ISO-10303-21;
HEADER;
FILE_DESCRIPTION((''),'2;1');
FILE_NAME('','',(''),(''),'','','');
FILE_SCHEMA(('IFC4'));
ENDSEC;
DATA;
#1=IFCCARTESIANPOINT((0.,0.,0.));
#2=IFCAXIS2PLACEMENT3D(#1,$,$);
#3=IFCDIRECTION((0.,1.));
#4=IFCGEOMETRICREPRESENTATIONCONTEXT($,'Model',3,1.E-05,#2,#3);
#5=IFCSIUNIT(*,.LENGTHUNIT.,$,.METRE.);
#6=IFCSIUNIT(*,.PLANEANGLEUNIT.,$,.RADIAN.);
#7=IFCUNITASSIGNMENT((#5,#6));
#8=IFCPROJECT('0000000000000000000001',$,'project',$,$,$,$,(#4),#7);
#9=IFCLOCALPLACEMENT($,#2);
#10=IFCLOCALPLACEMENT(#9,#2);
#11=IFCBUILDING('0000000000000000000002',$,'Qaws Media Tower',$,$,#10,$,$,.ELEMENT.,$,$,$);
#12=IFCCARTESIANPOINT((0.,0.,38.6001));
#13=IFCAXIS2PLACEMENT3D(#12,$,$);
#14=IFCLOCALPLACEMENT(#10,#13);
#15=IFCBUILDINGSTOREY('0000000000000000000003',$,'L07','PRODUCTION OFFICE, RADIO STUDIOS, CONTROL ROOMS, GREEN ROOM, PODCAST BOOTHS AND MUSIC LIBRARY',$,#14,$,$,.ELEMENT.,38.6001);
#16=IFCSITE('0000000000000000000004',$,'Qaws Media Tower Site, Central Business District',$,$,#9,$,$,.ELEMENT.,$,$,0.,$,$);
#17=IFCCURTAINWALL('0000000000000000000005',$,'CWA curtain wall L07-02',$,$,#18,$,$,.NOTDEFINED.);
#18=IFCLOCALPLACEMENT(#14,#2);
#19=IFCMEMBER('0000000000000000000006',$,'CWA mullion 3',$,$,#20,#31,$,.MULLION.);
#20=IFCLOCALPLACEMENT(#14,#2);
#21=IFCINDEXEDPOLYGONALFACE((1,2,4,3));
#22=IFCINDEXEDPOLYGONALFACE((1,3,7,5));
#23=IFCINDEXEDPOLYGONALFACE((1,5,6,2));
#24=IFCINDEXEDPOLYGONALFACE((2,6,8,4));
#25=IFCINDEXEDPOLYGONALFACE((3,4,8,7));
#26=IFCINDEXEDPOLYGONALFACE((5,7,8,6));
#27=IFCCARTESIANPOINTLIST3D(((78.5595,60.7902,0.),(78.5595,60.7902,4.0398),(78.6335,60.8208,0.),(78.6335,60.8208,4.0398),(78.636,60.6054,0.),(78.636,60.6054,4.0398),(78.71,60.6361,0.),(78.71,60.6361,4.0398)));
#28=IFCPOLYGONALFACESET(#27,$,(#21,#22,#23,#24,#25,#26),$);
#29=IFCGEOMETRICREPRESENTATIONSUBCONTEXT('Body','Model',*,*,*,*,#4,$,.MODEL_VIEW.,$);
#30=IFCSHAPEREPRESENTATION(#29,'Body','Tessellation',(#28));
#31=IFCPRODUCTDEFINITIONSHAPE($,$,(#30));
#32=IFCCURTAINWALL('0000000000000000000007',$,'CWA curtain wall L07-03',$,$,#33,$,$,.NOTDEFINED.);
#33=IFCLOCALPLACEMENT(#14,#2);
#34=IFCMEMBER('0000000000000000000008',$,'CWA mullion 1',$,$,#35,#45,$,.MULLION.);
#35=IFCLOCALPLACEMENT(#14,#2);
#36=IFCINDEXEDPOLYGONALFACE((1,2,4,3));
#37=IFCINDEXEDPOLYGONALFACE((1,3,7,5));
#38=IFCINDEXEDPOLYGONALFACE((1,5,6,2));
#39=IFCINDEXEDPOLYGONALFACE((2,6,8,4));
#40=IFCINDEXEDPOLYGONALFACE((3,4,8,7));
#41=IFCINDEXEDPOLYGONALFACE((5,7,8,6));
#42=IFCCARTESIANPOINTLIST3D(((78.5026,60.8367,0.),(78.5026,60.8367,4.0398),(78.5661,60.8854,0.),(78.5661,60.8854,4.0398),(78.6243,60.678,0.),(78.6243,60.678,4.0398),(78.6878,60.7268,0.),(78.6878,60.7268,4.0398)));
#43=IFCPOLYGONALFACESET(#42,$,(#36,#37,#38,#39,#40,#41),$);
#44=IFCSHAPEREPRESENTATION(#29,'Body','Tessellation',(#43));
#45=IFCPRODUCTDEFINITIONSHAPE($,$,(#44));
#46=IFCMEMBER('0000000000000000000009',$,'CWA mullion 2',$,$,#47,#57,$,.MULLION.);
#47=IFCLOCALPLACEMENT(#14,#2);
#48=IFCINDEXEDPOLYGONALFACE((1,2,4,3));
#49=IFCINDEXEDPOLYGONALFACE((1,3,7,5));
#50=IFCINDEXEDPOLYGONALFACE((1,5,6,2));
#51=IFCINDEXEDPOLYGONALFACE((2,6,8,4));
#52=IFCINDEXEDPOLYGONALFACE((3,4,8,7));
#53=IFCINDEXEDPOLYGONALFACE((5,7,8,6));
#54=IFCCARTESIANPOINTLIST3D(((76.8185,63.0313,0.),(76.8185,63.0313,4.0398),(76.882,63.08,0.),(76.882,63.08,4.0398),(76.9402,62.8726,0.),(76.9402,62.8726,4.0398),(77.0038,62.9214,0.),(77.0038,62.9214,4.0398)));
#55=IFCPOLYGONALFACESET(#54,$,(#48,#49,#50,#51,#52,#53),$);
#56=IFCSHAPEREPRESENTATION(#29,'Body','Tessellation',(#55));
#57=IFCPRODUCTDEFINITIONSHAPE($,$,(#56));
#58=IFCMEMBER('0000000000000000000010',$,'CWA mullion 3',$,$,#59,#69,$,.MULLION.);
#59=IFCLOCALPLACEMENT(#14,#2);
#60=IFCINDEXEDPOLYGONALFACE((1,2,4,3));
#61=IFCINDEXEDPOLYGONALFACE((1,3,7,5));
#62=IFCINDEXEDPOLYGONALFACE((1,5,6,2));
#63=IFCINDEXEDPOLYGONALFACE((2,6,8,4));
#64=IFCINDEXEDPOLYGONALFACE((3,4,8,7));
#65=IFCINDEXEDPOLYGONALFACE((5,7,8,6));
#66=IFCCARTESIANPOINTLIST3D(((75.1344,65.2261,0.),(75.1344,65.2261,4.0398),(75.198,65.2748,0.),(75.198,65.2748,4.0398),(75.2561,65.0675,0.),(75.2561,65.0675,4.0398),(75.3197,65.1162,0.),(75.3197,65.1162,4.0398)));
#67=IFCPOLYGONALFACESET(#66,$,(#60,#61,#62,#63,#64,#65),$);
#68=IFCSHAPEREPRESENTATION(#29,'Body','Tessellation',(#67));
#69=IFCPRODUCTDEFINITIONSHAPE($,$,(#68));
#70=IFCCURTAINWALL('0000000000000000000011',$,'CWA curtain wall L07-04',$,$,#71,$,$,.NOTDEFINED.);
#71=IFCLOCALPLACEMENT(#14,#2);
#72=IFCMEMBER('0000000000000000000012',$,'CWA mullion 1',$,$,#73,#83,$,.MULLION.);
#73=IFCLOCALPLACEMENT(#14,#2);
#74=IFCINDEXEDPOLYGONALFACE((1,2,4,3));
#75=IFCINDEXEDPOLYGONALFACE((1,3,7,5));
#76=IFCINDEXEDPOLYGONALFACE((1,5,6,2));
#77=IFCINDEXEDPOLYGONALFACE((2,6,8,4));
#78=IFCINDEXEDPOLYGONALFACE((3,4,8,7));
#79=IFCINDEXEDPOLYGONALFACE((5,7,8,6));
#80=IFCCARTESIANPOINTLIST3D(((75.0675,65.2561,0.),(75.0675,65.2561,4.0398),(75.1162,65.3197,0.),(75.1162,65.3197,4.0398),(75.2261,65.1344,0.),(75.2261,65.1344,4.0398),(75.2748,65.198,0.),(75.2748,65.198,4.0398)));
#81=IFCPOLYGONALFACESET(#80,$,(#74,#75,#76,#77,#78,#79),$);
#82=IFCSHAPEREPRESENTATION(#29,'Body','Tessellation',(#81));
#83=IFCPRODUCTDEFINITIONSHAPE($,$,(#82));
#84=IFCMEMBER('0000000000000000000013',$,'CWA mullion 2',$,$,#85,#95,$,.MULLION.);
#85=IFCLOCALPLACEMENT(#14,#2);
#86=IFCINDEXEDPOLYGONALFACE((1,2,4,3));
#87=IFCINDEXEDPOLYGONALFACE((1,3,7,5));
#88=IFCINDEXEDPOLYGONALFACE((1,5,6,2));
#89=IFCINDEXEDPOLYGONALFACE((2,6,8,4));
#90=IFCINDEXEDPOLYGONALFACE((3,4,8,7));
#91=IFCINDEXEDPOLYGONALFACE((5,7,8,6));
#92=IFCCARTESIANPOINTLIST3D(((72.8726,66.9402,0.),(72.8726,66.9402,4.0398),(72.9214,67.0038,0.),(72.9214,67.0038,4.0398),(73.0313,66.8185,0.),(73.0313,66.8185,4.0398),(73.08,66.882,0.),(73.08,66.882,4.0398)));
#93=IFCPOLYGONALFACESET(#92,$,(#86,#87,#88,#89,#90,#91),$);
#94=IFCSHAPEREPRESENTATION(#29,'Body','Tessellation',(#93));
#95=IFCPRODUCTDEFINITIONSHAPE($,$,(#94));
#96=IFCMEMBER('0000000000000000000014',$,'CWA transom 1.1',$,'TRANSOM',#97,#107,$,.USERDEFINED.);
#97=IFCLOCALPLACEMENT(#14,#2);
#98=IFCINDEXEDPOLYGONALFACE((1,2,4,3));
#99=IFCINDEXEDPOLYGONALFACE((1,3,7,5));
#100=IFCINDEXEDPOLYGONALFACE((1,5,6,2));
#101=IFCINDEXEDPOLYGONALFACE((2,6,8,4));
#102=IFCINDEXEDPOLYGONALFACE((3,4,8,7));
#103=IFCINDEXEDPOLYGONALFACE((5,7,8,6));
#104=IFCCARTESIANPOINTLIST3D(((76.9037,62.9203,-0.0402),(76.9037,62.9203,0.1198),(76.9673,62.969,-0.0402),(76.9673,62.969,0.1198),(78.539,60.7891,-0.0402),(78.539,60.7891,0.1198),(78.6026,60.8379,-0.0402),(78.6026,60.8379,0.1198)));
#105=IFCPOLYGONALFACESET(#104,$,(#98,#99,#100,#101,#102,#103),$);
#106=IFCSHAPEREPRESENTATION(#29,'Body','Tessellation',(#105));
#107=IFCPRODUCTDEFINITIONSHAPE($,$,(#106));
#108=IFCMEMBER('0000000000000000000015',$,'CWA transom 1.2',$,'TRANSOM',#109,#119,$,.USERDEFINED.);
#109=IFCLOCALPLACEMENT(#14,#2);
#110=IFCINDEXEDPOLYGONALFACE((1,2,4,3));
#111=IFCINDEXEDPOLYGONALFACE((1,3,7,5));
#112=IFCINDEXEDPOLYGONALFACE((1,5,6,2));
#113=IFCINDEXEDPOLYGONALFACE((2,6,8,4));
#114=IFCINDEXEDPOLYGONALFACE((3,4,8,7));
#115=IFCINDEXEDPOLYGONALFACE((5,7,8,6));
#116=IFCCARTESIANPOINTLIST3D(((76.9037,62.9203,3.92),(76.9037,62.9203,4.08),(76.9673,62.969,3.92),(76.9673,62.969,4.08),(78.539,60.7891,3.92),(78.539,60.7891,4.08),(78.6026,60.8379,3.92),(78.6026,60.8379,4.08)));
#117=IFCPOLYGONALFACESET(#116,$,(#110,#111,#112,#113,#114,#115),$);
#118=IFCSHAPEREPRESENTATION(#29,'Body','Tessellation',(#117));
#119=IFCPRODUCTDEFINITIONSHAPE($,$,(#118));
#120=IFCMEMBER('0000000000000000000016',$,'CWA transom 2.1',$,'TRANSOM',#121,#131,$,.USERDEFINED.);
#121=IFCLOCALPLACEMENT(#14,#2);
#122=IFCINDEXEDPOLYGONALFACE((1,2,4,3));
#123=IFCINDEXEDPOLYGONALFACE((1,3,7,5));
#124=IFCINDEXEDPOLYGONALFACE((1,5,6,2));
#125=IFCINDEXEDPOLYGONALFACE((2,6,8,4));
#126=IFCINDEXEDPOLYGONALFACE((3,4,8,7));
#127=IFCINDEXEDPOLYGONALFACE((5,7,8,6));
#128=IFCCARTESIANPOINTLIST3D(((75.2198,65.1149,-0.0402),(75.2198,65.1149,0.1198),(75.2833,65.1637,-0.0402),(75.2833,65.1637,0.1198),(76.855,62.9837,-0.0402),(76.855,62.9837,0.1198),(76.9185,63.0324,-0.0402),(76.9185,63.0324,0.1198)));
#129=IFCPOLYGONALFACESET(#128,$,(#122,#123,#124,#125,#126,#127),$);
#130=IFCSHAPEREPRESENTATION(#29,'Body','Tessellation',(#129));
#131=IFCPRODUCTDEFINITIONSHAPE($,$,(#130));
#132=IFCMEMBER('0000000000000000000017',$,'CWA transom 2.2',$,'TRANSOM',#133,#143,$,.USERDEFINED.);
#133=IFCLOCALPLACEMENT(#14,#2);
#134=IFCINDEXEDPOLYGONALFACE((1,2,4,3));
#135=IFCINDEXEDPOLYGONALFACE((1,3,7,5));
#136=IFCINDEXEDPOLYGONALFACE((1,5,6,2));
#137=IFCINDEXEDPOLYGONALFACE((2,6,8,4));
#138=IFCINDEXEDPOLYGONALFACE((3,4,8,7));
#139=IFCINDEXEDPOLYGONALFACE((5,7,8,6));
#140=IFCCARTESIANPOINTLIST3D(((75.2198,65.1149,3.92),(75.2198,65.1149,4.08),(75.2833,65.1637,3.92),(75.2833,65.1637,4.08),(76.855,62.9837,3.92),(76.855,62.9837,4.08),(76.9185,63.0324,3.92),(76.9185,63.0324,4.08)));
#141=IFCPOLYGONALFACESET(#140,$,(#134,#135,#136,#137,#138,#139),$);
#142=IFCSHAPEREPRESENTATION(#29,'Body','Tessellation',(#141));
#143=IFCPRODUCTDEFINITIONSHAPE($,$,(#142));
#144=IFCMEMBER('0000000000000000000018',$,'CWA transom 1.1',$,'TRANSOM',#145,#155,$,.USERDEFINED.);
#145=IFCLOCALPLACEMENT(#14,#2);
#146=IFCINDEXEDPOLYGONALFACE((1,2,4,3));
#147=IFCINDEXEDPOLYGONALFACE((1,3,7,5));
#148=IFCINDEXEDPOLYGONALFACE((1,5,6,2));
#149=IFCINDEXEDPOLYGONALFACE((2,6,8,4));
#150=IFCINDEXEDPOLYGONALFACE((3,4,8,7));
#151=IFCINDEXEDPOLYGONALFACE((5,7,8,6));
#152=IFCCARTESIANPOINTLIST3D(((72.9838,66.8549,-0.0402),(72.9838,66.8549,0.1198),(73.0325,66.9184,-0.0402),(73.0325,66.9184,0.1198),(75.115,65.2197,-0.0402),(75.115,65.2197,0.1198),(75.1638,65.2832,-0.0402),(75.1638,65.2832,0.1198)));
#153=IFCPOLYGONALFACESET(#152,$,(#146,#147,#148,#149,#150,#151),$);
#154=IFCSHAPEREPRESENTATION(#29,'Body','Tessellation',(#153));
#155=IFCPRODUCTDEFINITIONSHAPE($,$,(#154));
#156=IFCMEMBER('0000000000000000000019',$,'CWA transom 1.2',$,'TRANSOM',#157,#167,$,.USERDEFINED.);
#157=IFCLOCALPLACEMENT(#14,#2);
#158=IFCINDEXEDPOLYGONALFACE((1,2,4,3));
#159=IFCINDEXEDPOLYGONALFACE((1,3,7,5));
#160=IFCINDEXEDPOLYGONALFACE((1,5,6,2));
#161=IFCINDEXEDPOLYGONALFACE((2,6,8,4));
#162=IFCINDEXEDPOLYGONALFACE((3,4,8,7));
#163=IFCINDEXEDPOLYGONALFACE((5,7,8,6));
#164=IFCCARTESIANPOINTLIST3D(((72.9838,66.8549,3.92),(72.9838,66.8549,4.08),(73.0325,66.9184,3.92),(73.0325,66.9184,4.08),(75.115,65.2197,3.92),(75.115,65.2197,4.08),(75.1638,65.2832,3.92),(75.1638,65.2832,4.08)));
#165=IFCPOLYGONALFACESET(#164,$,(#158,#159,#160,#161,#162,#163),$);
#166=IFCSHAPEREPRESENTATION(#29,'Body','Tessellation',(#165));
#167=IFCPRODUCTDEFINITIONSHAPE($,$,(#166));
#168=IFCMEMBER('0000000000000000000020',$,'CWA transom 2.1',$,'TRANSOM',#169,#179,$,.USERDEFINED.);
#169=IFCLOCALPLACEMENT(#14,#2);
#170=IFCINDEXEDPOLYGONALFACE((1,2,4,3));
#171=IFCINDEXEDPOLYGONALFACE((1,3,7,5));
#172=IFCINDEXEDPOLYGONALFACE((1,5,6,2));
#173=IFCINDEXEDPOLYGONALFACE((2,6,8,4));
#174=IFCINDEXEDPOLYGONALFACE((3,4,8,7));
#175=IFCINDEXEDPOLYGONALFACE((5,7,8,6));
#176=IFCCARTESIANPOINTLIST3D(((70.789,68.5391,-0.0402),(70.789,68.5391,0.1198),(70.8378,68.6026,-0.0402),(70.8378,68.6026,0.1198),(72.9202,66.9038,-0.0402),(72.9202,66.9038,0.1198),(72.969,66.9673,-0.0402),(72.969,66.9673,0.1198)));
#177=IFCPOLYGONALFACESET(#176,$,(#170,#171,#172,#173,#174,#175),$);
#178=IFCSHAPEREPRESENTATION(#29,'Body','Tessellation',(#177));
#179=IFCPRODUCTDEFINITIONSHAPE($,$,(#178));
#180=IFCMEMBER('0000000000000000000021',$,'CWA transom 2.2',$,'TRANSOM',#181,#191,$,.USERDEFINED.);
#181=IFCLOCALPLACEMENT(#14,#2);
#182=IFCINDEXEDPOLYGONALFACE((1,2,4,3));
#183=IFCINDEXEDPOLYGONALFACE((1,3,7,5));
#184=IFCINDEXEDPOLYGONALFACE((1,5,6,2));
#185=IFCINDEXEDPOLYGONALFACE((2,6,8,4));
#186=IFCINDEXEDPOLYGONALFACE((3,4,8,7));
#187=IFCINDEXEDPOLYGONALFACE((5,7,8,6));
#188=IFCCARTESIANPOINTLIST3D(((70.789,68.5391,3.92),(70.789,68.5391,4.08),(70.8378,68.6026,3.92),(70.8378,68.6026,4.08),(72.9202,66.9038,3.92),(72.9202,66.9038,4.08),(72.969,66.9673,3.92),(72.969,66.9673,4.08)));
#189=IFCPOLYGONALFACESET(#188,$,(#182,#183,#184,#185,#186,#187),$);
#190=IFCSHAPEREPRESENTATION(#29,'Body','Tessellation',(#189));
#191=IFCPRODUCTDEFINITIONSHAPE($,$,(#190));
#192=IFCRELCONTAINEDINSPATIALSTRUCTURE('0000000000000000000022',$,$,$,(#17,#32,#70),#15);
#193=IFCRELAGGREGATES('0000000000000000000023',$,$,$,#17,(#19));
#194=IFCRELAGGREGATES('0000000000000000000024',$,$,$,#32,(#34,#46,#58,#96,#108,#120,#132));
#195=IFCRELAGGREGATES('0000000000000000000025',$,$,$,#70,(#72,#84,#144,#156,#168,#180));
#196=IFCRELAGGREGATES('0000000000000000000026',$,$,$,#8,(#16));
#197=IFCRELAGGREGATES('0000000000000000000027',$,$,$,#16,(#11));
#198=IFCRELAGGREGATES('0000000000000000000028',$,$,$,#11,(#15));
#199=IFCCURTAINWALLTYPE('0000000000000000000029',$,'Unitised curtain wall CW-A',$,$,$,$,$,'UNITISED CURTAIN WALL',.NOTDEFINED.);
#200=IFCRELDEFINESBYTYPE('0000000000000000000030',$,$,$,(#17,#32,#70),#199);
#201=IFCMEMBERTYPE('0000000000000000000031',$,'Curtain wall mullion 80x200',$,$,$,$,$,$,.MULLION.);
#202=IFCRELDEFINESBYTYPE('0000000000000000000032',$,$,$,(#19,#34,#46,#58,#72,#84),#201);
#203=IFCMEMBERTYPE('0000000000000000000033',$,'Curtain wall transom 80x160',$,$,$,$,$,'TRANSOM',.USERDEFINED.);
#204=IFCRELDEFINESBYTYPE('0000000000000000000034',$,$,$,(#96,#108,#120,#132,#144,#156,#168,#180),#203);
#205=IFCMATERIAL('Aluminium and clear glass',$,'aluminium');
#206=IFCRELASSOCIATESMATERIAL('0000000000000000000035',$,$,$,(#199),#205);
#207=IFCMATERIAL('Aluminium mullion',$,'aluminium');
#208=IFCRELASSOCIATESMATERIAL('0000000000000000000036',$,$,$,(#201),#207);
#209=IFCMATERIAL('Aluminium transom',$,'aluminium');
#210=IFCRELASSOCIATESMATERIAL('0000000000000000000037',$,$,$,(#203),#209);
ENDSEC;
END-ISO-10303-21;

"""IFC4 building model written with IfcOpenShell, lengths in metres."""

from ifc_helpers import new_model, si_unit, direction, frame, origin, origin_2d, place, context, subcontext, project, spatial, rectangle, extrude, material, material_profile, profile_set, type_object, element, aggregate, save


model = new_model("IFC4")

# Units and contexts
model_context = context("Model", 3, precision=1e-05, world=origin(), true_north=direction((0.0, 1.0)))
body_context = subcontext(model_context, "Body", "Model", "MODEL_VIEW")
ifc_project = project(units=[si_unit("LENGTHUNIT", "METRE"), si_unit("PLANEANGLEUNIT", "RADIAN")], contexts=[model_context])

# Site, building, storey
site_placement = place(None, origin())
site = spatial("IfcSite", under=ifc_project, at=site_placement, Name="Qaws Media Tower Site, Central Business District", CompositionType="ELEMENT", RefElevation=0.0)
building_placement = place(site_placement, origin())
building = spatial("IfcBuilding", under=site, at=building_placement, Name="Qaws Media Tower", CompositionType="ELEMENT")
storey_placement = place(building_placement, frame((0.0, 0.0, 38.6001)))
storey = spatial("IfcBuildingStorey", under=building, at=storey_placement, Name="L07", Description="PRODUCTION OFFICE, RADIO STUDIOS, CONTROL ROOMS, GREEN ROOM, PODCAST BOOTHS AND MUSIC LIBRARY", CompositionType="ELEMENT", Elevation=38.6001)

# Curtain wall, member
ifc_material_1 = material(Name="Aluminium and clear glass", Category="aluminium")
curtain_wall_type = type_object("IfcCurtainWallType", Name="Unitised curtain wall CW-A", ElementType="UNITISED CURTAIN WALL", PredefinedType="NOTDEFINED", material=ifc_material_1)
curtain_wall_1_placement = place(storey_placement, origin())
curtain_wall_1 = element("IfcCurtainWall", 1, at=curtain_wall_1_placement, inside=storey, type_object=curtain_wall_type, Name="CWA curtain wall L07-02", PredefinedType="NOTDEFINED")
ifc_material_2 = material(Name="Aluminium mullion", Category="aluminium")
ifc_material_profile_1 = material_profile(ifc_material_2, rectangle(XDim=0.0801, YDim=0.2, at=origin_2d()), Name="80x200")
ifc_profile_set_1 = profile_set([ifc_material_profile_1], Name="Aluminium mullion")
member_type_1 = type_object("IfcMemberType", Name="Curtain wall mullion 80x200", PredefinedType="MULLION", material=ifc_profile_set_1)
member_1_placement = place(storey_placement, frame((78.6348, 60.7131, 0.0), z_axis=(0.0, 0.0, 1.0), x_axis=(-0.92388, -0.382683, 0.0)))
member_1 = element("IfcMember", 2, at=member_1_placement, type_object=member_type_1, Name="CWA mullion 3", PredefinedType="MULLION", context=body_context, shape_type="SweptSolid", body=[
    extrude(rectangle(XDim=0.0801, YDim=0.2, at=origin_2d()), origin(), (0.0, 0.0, 1.0), 4.0398),
])

# Curtain walls, members
curtain_wall_2_placement = place(storey_placement, origin())
curtain_wall_2 = element("IfcCurtainWall", 3, at=curtain_wall_2_placement, inside=storey, type_object=curtain_wall_type, Name="CWA curtain wall L07-03", PredefinedType="NOTDEFINED")
member_2_placement = place(storey_placement, frame((78.5952, 60.7817, 0.0), z_axis=(0.0, 0.0, 1.0), x_axis=(-0.793353, -0.608761, 0.0)))
member_2 = element("IfcMember", 4, at=member_2_placement, type_object=member_type_1, Name="CWA mullion 1", PredefinedType="MULLION", context=body_context, shape_type="SweptSolid", body=[
    extrude(rectangle(XDim=0.0801, YDim=0.2, at=origin_2d()), origin(), (0.0, 0.0, 1.0), 4.0398),
])
member_3_placement = place(storey_placement, frame((76.9111, 62.9763, 0.0), z_axis=(0.0, 0.0, 1.0), x_axis=(-0.793353, -0.608761, 0.0)))
member_3 = element("IfcMember", 5, at=member_3_placement, type_object=member_type_1, Name="CWA mullion 2", PredefinedType="MULLION", context=body_context, shape_type="SweptSolid", body=[
    extrude(rectangle(XDim=0.0801, YDim=0.2, at=origin_2d()), origin(), (0.0, 0.0, 1.0), 4.0398),
])
member_4_placement = place(storey_placement, frame((75.2271, 65.1711, 0.0), z_axis=(0.0, 0.0, 1.0), x_axis=(-0.793353, -0.608761, 0.0)))
member_4 = element("IfcMember", 6, at=member_4_placement, type_object=member_type_1, Name="CWA mullion 3", PredefinedType="MULLION", context=body_context, shape_type="SweptSolid", body=[
    extrude(rectangle(XDim=0.0801, YDim=0.2, at=origin_2d()), origin(), (0.0, 0.0, 1.0), 4.0398),
])
curtain_wall_3_placement = place(storey_placement, origin())
curtain_wall_3 = element("IfcCurtainWall", 7, at=curtain_wall_3_placement, inside=storey, type_object=curtain_wall_type, Name="CWA curtain wall L07-04", PredefinedType="NOTDEFINED")
member_5_placement = place(storey_placement, frame((75.1711, 65.2271, 0.0), z_axis=(0.0, 0.0, 1.0), x_axis=(-0.608761, -0.793353, 0.0)))
member_5 = element("IfcMember", 8, at=member_5_placement, type_object=member_type_1, Name="CWA mullion 1", PredefinedType="MULLION", context=body_context, shape_type="SweptSolid", body=[
    extrude(rectangle(XDim=0.0801, YDim=0.2, at=origin_2d()), origin(), (0.0, 0.0, 1.0), 4.0398),
])
member_6_placement = place(storey_placement, frame((72.9763, 66.9111, 0.0), z_axis=(0.0, 0.0, 1.0), x_axis=(-0.608761, -0.793353, 0.0)))
member_6 = element("IfcMember", 9, at=member_6_placement, type_object=member_type_1, Name="CWA mullion 2", PredefinedType="MULLION", context=body_context, shape_type="SweptSolid", body=[
    extrude(rectangle(XDim=0.0801, YDim=0.2, at=origin_2d()), origin(), (0.0, 0.0, 1.0), 4.0398),
])

# Members
ifc_material_3 = material(Name="Aluminium transom", Category="aluminium")
ifc_material_profile_2 = material_profile(ifc_material_3, rectangle(XDim=0.0801, YDim=0.1599, at=origin_2d()), Name="80x160")
ifc_profile_set_2 = profile_set([ifc_material_profile_2], Name="Aluminium transom")
member_type_2 = type_object("IfcMemberType", Name="Curtain wall transom 80x160", ElementType="TRANSOM", PredefinedType="USERDEFINED", material=ifc_profile_set_2)
member_7_placement = place(storey_placement, frame((78.5708, 60.8135, 0.0398), z_axis=(-0.608762, 0.793353, 0.0), x_axis=(-0.793353, -0.608762, 0.0)))
member_7 = element("IfcMember", 10, at=member_7_placement, type_object=member_type_2, Name="CWA transom 1.1", ObjectType="TRANSOM", PredefinedType="USERDEFINED", context=body_context, shape_type="SweptSolid", body=[
    extrude(rectangle(XDim=0.0801, YDim=0.1599, at=origin_2d()), origin(), (0.0, 0.0, 1.0), 2.6863),
])
member_8_placement = place(storey_placement, frame((78.5708, 60.8135, 4.0), z_axis=(-0.608762, 0.793353, 0.0), x_axis=(-0.793353, -0.608762, 0.0)))
member_8 = element("IfcMember", 11, at=member_8_placement, type_object=member_type_2, Name="CWA transom 1.2", ObjectType="TRANSOM", PredefinedType="USERDEFINED", context=body_context, shape_type="SweptSolid", body=[
    extrude(rectangle(XDim=0.0801, YDim=0.1599, at=origin_2d()), origin(), (0.0, 0.0, 1.0), 2.6863),
])
member_9_placement = place(storey_placement, frame((76.8867, 63.0081, 0.0398), z_axis=(-0.608718, 0.793387, 0.0), x_axis=(-0.793387, -0.608718, 0.0)))
member_9 = element("IfcMember", 12, at=member_9_placement, type_object=member_type_2, Name="CWA transom 2.1", ObjectType="TRANSOM", PredefinedType="USERDEFINED", context=body_context, shape_type="SweptSolid", body=[
    extrude(rectangle(XDim=0.0801, YDim=0.1599, at=origin_2d()), origin(), (0.0, 0.0, 1.0), 2.6863),
])
member_10_placement = place(storey_placement, frame((76.8867, 63.0081, 4.0), z_axis=(-0.608718, 0.793387, 0.0), x_axis=(-0.793387, -0.608718, 0.0)))
member_10 = element("IfcMember", 13, at=member_10_placement, type_object=member_type_2, Name="CWA transom 2.2", ObjectType="TRANSOM", PredefinedType="USERDEFINED", context=body_context, shape_type="SweptSolid", body=[
    extrude(rectangle(XDim=0.0801, YDim=0.1599, at=origin_2d()), origin(), (0.0, 0.0, 1.0), 2.6863),
])
member_11_placement = place(storey_placement, frame((75.1394, 65.2515, 0.0398), z_axis=(-0.793387, 0.608718, 0.0), x_axis=(-0.608718, -0.793387, 0.0)))
member_11 = element("IfcMember", 14, at=member_11_placement, type_object=member_type_2, Name="CWA transom 1.1", ObjectType="TRANSOM", PredefinedType="USERDEFINED", context=body_context, shape_type="SweptSolid", body=[
    extrude(rectangle(XDim=0.0801, YDim=0.1599, at=origin_2d()), origin(), (0.0, 0.0, 1.0), 2.6863),
])
member_12_placement = place(storey_placement, frame((75.1394, 65.2515, 4.0), z_axis=(-0.793387, 0.608718, 0.0), x_axis=(-0.608718, -0.793387, 0.0)))
member_12 = element("IfcMember", 15, at=member_12_placement, type_object=member_type_2, Name="CWA transom 1.2", ObjectType="TRANSOM", PredefinedType="USERDEFINED", context=body_context, shape_type="SweptSolid", body=[
    extrude(rectangle(XDim=0.0801, YDim=0.1599, at=origin_2d()), origin(), (0.0, 0.0, 1.0), 2.6863),
])
member_13_placement = place(storey_placement, frame((72.9446, 66.9355, 0.0398), z_axis=(-0.793353, 0.608762, 0.0), x_axis=(-0.608762, -0.793353, 0.0)))
member_13 = element("IfcMember", 16, at=member_13_placement, type_object=member_type_2, Name="CWA transom 2.1", ObjectType="TRANSOM", PredefinedType="USERDEFINED", context=body_context, shape_type="SweptSolid", body=[
    extrude(rectangle(XDim=0.0801, YDim=0.1599, at=origin_2d()), origin(), (0.0, 0.0, 1.0), 2.6863),
])
member_14_placement = place(storey_placement, frame((72.9446, 66.9355, 4.0), z_axis=(-0.793353, 0.608762, 0.0), x_axis=(-0.608762, -0.793353, 0.0)))
member_14 = element("IfcMember", 17, at=member_14_placement, type_object=member_type_2, Name="CWA transom 2.2", ObjectType="TRANSOM", PredefinedType="USERDEFINED", context=body_context, shape_type="SweptSolid", body=[
    extrude(rectangle(XDim=0.0801, YDim=0.1599, at=origin_2d()), origin(), (0.0, 0.0, 1.0), 2.6863),
])

aggregate(curtain_wall_1, [member_1])
aggregate(curtain_wall_2, [member_2, member_3, member_4, member_7, member_8, member_9, member_10])
aggregate(curtain_wall_3, [member_5, member_6, member_11, member_12, member_13, member_14])

save(model, "model.ifc")
